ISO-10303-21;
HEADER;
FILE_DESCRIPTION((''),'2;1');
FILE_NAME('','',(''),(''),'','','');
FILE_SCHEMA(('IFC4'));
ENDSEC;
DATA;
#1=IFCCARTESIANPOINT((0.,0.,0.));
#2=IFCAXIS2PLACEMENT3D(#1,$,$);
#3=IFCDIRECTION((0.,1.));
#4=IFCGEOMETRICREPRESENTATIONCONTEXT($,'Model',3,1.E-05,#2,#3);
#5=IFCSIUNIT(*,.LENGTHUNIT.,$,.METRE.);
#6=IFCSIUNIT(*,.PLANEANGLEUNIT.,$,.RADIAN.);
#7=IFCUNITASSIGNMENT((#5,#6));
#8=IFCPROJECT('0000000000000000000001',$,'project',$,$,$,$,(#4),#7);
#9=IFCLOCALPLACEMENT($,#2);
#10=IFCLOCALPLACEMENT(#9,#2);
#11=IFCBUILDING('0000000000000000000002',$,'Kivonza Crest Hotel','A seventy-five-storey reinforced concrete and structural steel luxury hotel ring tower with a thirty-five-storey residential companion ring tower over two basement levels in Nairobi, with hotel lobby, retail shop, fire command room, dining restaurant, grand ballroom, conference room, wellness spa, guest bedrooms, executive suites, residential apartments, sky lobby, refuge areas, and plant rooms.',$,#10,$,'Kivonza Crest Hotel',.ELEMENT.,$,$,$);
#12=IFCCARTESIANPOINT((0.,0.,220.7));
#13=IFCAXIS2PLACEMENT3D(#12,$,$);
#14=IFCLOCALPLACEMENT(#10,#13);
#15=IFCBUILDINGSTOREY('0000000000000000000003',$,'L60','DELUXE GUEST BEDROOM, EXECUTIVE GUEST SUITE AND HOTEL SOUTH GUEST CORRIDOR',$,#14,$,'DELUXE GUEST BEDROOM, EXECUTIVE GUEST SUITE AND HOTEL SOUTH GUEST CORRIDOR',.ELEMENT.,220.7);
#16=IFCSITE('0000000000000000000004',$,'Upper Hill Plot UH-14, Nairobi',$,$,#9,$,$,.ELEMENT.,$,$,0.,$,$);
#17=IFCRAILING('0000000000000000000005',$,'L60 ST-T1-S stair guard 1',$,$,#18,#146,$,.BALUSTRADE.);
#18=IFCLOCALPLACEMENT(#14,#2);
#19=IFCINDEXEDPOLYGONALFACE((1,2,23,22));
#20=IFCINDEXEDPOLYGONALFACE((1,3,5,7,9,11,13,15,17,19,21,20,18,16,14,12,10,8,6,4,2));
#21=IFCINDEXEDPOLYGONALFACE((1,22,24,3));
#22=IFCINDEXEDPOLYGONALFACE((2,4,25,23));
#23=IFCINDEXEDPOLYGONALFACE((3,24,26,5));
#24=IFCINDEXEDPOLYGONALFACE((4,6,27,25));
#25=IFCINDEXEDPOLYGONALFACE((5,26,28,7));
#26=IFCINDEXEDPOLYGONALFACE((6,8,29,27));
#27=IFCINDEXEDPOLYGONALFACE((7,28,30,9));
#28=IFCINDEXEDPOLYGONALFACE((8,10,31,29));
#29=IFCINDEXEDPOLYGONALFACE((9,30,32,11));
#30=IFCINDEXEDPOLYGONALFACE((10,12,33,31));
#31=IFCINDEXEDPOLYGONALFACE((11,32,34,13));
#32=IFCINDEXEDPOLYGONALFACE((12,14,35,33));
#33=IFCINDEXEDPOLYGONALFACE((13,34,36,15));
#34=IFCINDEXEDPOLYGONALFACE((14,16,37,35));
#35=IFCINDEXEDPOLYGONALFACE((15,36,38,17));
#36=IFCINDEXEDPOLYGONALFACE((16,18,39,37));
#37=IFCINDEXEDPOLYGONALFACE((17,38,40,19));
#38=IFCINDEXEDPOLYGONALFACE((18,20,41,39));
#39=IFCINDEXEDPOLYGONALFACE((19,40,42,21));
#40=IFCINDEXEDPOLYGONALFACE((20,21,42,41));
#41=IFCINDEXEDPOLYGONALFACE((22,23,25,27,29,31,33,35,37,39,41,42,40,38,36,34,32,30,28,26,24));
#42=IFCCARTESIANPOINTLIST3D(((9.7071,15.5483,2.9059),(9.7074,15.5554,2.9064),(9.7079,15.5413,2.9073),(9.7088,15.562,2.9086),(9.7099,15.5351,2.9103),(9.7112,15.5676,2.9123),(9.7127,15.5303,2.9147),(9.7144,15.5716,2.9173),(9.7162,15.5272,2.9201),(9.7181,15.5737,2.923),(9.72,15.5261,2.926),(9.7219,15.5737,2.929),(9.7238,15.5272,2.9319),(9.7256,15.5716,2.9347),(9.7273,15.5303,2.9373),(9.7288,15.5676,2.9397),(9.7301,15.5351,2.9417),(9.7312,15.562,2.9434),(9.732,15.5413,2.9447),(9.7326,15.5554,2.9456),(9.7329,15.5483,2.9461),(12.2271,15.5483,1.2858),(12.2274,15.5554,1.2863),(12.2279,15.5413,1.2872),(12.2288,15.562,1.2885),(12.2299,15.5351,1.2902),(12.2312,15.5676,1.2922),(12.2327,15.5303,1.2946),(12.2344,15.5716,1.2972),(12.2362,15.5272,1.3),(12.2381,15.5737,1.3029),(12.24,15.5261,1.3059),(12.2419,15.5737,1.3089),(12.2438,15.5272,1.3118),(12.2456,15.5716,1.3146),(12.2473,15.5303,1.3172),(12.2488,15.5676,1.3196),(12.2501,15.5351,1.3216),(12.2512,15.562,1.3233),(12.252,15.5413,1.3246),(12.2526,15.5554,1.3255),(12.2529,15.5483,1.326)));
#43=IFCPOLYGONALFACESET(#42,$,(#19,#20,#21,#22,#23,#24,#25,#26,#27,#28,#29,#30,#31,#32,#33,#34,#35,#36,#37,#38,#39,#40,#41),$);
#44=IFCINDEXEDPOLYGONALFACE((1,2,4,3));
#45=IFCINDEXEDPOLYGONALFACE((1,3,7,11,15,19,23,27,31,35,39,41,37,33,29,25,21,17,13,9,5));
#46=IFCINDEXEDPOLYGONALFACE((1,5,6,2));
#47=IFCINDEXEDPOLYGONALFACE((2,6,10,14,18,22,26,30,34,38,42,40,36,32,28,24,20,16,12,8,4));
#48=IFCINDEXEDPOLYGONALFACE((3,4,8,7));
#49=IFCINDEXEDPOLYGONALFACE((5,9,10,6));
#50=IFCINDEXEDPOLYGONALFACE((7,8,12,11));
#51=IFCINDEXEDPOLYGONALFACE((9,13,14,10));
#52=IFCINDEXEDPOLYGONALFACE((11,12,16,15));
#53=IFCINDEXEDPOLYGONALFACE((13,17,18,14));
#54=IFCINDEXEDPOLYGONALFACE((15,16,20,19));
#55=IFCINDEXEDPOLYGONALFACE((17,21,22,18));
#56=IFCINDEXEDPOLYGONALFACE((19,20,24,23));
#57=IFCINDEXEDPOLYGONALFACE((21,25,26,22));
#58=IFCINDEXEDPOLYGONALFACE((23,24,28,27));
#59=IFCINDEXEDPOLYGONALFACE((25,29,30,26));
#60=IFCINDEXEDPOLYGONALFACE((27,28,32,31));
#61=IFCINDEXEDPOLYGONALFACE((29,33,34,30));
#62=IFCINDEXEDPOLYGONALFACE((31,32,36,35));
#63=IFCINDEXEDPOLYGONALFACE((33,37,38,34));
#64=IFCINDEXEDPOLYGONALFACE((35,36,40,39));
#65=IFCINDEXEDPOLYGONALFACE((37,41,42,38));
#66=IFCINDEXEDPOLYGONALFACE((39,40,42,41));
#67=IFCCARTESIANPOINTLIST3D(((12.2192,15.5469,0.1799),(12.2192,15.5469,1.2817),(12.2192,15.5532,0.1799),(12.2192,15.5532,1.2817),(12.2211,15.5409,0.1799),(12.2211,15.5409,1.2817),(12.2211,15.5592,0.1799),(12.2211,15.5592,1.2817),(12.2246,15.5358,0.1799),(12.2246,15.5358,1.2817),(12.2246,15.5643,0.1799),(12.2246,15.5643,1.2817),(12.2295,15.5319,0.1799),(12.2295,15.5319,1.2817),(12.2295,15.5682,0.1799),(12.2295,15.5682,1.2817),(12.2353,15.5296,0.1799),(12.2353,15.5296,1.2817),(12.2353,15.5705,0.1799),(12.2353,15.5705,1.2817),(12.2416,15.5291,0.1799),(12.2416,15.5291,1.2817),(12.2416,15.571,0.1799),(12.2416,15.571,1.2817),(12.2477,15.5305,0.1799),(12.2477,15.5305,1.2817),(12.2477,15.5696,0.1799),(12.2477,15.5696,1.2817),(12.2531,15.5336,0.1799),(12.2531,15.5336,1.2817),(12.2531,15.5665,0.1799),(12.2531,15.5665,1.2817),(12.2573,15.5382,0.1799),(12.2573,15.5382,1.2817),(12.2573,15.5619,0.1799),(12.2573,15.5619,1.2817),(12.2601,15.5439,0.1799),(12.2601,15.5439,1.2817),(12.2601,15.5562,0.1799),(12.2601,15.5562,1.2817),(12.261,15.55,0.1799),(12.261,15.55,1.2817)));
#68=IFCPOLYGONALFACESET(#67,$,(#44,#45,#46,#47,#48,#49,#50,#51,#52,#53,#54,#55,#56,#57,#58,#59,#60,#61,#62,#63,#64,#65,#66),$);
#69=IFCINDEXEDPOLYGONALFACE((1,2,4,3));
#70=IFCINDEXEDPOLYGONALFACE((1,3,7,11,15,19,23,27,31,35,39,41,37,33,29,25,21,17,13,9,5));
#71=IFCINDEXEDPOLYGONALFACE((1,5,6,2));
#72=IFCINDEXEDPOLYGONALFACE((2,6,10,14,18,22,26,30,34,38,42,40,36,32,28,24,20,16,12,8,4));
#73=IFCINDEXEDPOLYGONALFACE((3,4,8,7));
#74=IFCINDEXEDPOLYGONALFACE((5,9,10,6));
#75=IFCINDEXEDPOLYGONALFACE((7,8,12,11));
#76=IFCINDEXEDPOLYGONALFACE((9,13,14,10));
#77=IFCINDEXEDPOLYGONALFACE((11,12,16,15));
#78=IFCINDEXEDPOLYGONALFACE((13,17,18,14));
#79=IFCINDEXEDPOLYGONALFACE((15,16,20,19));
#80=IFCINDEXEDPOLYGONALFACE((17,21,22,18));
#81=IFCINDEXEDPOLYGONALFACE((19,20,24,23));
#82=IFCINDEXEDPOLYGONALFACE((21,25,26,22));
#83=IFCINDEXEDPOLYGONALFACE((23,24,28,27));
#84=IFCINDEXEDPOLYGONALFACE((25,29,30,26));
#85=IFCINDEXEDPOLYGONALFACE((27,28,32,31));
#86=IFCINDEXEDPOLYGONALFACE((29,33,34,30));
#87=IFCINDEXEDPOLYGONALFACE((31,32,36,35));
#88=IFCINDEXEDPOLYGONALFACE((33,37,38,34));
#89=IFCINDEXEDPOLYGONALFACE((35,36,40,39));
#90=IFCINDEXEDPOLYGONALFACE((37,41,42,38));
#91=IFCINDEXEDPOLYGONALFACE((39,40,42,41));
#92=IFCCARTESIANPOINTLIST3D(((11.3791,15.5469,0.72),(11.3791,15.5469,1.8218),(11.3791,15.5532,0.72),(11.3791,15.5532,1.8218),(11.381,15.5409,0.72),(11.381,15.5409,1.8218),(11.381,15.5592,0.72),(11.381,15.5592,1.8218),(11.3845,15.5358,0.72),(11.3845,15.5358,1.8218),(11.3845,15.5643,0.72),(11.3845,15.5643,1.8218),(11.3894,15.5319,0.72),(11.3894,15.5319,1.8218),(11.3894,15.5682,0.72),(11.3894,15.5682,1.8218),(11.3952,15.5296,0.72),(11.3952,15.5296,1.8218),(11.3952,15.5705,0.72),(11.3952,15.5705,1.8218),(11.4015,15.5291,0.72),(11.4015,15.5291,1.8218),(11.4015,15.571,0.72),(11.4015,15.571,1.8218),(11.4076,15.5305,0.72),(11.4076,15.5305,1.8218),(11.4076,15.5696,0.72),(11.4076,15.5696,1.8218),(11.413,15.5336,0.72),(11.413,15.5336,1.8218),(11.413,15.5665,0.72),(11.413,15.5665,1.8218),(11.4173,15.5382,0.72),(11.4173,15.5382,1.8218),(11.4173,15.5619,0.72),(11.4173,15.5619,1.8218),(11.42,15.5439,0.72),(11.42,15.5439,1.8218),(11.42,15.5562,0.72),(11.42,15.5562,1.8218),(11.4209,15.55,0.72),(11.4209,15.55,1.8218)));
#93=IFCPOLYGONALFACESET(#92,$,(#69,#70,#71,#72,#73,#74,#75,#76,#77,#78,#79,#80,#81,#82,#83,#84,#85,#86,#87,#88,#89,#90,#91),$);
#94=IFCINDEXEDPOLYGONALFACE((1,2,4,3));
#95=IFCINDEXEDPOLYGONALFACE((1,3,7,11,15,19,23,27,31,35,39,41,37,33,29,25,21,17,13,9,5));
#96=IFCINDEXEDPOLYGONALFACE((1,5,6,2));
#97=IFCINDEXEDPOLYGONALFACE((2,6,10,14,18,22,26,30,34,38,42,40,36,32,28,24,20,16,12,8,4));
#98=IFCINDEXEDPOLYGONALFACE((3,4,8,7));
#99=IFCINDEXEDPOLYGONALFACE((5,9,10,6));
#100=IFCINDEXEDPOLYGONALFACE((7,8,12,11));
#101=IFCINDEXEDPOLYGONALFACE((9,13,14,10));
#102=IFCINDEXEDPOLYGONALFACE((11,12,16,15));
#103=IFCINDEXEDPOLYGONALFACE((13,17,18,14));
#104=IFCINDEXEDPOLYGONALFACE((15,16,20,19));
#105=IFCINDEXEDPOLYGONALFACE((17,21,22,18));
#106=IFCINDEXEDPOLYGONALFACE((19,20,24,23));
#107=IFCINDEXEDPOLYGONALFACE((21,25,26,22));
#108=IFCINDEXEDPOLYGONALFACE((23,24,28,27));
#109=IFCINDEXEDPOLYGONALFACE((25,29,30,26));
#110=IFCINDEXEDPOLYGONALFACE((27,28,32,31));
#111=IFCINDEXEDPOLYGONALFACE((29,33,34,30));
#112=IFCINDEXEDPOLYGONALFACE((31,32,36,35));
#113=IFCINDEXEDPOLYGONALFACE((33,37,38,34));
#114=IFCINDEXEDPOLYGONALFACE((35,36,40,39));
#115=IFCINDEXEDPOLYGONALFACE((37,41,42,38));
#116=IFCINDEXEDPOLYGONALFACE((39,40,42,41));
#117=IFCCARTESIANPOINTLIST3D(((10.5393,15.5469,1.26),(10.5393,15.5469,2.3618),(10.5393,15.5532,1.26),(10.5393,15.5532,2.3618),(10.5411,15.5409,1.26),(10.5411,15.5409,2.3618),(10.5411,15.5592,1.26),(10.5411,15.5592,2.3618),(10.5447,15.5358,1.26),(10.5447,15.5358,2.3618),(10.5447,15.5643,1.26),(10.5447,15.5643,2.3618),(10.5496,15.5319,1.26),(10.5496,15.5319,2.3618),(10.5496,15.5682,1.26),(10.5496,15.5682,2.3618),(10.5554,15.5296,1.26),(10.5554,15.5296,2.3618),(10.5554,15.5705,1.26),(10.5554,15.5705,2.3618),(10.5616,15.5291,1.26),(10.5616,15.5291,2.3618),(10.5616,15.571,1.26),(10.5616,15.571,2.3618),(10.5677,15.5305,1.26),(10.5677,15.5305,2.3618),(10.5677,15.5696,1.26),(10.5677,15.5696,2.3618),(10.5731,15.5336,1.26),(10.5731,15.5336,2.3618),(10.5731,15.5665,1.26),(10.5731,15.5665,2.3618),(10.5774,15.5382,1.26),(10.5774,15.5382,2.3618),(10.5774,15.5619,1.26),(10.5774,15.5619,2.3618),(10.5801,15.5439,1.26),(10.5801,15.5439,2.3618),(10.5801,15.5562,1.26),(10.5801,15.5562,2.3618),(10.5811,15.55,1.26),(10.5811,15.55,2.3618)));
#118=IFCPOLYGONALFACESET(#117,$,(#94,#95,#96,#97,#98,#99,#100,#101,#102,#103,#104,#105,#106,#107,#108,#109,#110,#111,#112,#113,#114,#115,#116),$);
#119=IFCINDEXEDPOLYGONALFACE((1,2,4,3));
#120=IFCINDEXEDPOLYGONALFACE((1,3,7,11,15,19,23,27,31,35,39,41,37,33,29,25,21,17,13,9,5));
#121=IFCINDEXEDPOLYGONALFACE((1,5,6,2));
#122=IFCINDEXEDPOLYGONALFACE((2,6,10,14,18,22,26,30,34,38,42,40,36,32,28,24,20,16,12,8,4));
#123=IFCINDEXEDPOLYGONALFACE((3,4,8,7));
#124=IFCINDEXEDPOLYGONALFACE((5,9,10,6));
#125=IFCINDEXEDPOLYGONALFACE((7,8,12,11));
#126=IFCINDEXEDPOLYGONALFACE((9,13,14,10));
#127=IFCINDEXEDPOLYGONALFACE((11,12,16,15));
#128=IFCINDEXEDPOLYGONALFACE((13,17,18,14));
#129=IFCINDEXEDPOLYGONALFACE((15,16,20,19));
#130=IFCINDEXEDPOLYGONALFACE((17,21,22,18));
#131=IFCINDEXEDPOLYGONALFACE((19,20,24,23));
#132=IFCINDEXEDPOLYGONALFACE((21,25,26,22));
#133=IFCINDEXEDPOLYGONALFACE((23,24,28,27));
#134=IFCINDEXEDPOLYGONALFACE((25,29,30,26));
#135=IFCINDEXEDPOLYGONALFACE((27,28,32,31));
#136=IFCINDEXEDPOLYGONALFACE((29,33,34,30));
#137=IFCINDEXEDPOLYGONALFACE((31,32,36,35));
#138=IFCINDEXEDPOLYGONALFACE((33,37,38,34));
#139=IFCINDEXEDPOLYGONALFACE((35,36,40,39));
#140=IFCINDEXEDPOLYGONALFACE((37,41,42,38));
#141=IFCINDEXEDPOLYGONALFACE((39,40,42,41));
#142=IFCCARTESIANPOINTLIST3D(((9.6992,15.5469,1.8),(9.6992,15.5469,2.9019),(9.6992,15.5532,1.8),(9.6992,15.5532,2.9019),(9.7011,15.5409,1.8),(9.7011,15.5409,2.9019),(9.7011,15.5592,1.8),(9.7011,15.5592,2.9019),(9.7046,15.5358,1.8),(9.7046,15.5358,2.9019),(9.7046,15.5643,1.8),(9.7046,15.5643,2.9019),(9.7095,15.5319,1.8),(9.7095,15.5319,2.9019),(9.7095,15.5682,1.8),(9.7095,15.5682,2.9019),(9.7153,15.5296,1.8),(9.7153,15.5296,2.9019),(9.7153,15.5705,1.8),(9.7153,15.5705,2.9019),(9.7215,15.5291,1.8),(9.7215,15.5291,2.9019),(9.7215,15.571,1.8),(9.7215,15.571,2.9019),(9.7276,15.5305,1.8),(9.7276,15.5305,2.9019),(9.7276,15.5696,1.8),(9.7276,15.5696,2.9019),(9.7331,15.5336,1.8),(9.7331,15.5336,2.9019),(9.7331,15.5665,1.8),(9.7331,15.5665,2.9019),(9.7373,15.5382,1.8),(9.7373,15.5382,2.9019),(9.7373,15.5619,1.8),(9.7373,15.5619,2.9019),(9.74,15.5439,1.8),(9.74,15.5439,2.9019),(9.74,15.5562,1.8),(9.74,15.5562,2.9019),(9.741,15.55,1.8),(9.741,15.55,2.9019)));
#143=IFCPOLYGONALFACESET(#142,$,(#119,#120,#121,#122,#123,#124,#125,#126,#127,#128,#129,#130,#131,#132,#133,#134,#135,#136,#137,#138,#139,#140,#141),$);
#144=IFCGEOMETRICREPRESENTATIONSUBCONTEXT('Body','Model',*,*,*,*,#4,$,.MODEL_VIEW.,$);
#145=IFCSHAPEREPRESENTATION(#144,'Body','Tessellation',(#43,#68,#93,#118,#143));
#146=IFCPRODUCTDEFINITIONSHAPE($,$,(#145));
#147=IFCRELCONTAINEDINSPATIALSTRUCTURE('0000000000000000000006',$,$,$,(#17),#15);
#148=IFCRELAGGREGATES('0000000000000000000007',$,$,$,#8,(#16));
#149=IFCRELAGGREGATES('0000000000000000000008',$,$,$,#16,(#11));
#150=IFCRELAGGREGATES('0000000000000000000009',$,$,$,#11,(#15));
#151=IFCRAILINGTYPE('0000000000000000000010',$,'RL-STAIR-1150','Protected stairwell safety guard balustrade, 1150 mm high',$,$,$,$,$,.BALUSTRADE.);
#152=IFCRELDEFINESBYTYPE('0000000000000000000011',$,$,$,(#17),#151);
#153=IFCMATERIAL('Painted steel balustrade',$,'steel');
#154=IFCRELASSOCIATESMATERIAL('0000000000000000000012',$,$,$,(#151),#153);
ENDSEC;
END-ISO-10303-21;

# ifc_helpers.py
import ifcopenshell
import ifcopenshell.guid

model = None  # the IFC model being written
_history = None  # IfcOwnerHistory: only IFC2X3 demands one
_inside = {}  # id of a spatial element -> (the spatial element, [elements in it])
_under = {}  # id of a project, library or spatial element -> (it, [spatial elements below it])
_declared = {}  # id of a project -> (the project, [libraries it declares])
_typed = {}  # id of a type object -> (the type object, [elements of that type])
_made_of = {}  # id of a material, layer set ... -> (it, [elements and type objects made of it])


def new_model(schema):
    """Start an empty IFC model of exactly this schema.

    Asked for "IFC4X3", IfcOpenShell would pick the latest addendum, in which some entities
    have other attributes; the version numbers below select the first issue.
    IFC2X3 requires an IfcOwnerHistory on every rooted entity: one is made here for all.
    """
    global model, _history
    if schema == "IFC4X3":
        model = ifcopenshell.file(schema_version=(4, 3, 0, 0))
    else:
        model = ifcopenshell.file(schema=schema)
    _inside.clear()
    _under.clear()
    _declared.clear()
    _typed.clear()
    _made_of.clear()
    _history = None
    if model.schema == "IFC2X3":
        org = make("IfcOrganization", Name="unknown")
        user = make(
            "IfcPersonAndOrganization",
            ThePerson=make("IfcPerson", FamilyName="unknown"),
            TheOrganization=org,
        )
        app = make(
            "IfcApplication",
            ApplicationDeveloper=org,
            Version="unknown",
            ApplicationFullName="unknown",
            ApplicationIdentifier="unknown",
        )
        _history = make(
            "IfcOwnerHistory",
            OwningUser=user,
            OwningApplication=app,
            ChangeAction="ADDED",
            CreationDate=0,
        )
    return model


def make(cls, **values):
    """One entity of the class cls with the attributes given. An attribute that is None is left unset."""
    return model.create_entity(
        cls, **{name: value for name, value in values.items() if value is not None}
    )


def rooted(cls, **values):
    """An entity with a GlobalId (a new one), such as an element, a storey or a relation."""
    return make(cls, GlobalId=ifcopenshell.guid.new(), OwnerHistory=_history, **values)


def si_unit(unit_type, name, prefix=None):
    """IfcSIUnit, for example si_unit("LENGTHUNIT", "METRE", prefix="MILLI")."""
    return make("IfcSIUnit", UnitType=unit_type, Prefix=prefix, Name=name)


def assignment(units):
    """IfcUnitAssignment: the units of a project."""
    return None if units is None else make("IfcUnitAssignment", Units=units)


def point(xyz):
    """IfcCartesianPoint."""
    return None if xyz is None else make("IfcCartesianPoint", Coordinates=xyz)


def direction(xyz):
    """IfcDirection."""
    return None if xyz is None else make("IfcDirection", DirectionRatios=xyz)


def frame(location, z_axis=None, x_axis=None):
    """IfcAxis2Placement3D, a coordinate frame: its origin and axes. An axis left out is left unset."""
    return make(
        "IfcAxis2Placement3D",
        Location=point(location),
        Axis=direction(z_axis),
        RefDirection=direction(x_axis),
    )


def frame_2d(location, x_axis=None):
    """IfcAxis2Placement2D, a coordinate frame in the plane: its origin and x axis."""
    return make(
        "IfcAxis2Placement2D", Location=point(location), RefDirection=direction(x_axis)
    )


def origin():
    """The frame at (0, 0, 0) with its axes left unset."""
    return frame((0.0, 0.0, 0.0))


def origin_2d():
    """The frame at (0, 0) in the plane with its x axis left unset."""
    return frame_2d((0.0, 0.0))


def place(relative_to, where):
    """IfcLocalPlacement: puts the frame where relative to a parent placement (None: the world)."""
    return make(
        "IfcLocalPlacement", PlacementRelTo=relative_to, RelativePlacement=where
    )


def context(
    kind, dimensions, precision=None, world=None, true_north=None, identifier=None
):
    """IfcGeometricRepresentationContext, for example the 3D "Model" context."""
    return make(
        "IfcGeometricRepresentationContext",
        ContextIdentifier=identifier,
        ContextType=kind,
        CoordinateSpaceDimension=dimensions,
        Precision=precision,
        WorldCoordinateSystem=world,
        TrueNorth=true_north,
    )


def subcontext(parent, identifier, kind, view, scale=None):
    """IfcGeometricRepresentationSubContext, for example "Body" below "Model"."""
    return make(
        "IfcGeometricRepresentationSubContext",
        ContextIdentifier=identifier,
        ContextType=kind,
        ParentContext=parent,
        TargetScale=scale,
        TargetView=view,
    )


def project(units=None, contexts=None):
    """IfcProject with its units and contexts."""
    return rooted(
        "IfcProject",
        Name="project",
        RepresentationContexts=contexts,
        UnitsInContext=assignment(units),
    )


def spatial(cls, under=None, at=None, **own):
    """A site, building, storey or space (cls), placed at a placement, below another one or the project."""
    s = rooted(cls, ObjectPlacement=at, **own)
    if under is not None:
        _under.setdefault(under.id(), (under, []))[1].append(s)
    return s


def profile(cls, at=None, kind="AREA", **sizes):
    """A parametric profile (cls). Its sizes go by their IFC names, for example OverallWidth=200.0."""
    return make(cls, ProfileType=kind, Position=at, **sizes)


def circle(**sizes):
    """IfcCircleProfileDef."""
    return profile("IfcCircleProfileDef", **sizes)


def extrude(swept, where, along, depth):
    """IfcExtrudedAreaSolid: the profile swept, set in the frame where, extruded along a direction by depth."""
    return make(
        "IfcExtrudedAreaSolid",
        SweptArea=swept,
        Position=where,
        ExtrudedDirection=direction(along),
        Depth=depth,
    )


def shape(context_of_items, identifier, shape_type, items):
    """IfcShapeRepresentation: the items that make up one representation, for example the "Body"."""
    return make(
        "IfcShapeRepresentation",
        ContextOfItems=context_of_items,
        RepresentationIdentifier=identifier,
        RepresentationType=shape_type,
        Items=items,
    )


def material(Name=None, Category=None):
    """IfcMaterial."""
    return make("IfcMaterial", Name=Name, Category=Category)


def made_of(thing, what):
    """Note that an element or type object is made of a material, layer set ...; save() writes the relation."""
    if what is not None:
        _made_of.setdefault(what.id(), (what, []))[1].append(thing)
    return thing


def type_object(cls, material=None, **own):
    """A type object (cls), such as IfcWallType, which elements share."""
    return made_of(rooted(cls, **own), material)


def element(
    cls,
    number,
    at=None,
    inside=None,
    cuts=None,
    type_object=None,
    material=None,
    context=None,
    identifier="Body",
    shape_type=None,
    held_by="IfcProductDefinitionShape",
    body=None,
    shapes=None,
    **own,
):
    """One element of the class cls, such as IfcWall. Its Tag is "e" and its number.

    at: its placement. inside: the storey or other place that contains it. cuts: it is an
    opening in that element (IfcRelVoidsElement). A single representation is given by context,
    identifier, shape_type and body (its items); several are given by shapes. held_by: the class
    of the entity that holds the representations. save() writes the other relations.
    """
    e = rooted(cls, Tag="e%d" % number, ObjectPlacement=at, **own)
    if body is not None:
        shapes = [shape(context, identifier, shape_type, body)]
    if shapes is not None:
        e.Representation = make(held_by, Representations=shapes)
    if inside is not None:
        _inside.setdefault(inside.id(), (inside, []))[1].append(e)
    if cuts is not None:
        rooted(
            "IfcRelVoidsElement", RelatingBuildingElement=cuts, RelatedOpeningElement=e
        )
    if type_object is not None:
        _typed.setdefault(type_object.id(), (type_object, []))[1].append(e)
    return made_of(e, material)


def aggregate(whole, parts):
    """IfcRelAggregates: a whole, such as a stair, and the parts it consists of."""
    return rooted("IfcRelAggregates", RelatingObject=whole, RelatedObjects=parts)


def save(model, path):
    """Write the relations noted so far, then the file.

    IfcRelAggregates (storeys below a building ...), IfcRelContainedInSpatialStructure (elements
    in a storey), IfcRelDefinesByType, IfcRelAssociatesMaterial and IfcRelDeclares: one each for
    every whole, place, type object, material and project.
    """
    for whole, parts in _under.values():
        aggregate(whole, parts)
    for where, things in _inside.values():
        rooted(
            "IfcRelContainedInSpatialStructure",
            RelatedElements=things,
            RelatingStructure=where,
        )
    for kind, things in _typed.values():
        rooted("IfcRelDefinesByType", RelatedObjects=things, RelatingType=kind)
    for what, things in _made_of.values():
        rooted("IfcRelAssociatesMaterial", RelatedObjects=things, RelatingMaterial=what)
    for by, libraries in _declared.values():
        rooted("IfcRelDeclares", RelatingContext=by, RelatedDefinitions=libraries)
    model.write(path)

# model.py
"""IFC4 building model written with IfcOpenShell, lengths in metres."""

from ifc_helpers import new_model, si_unit, direction, frame, origin, origin_2d, place, context, subcontext, project, spatial, circle, extrude, material, type_object, element, save


model = new_model("IFC4")

# Units and contexts
model_context = context("Model", 3, precision=1e-05, world=origin(), true_north=direction((0.0, 1.0)))
body_context = subcontext(model_context, "Body", "Model", "MODEL_VIEW")
ifc_project = project(units=[si_unit("LENGTHUNIT", "METRE"), si_unit("PLANEANGLEUNIT", "RADIAN")], contexts=[model_context])

# Site, building, storey
site_placement = place(None, origin())
site = spatial("IfcSite", under=ifc_project, at=site_placement, Name="Upper Hill Plot UH-14, Nairobi", CompositionType="ELEMENT", RefElevation=0.0)
building_placement = place(site_placement, origin())
building = spatial("IfcBuilding", under=site, at=building_placement, Name="Kivonza Crest Hotel", Description="A seventy-five-storey reinforced concrete and structural steel luxury hotel ring tower with a thirty-five-storey residential companion ring tower over two basement levels in Nairobi, with hotel lobby, retail shop, fire command room, dining restaurant, grand ballroom, conference room, wellness spa, guest bedrooms, executive suites, residential apartments, sky lobby, refuge areas, and plant rooms.", LongName="Kivonza Crest Hotel", CompositionType="ELEMENT")
storey_placement = place(building_placement, frame((0.0, 0.0, 220.7)))
storey = spatial("IfcBuildingStorey", under=building, at=storey_placement, Name="L60", Description="DELUXE GUEST BEDROOM, EXECUTIVE GUEST SUITE AND HOTEL SOUTH GUEST CORRIDOR", LongName="DELUXE GUEST BEDROOM, EXECUTIVE GUEST SUITE AND HOTEL SOUTH GUEST CORRIDOR", CompositionType="ELEMENT", Elevation=220.7)

# Railing
ifc_material_1 = material(Name="Painted steel balustrade", Category="steel")
railing_type_1 = type_object("IfcRailingType", Name="RL-STAIR-1150", Description="Protected stairwell safety guard balustrade, 1150 mm high", PredefinedType="BALUSTRADE", material=ifc_material_1)
railing_1_placement = place(storey_placement, frame((12.24, 15.55, 0.1799)))
element("IfcRailing", 1, at=railing_1_placement, inside=storey, type_object=railing_type_1, Name="L60 ST-T1-S stair guard 1", PredefinedType="BALUSTRADE", context=body_context, shape_type="SweptSolid", body=[
    extrude(circle(Radius=0.0239, at=origin_2d()), frame((0.0, 0.0, 1.126), z_axis=(-0.841163, 0.0, 0.540782), x_axis=(0.0, -1.0, 0.0)), (0.0, 0.0, 1.0), 2.9958),
    extrude(circle(Radius=0.021, at=origin_2d()), origin(), (0.0, 0.0, 1.0), 1.1018),
    extrude(circle(Radius=0.021, at=origin_2d()), frame((-0.8401, 0.0, 0.54)), (0.0, 0.0, 1.0), 1.1018),
    extrude(circle(Radius=0.021, at=origin_2d()), frame((-1.6799, 0.0, 1.0801)), (0.0, 0.0, 1.0), 1.1018),
    extrude(circle(Radius=0.021, at=origin_2d()), frame((-2.52, 0.0, 1.6201)), (0.0, 0.0, 1.0), 1.1018),
])

save(model, "model.ifc")
